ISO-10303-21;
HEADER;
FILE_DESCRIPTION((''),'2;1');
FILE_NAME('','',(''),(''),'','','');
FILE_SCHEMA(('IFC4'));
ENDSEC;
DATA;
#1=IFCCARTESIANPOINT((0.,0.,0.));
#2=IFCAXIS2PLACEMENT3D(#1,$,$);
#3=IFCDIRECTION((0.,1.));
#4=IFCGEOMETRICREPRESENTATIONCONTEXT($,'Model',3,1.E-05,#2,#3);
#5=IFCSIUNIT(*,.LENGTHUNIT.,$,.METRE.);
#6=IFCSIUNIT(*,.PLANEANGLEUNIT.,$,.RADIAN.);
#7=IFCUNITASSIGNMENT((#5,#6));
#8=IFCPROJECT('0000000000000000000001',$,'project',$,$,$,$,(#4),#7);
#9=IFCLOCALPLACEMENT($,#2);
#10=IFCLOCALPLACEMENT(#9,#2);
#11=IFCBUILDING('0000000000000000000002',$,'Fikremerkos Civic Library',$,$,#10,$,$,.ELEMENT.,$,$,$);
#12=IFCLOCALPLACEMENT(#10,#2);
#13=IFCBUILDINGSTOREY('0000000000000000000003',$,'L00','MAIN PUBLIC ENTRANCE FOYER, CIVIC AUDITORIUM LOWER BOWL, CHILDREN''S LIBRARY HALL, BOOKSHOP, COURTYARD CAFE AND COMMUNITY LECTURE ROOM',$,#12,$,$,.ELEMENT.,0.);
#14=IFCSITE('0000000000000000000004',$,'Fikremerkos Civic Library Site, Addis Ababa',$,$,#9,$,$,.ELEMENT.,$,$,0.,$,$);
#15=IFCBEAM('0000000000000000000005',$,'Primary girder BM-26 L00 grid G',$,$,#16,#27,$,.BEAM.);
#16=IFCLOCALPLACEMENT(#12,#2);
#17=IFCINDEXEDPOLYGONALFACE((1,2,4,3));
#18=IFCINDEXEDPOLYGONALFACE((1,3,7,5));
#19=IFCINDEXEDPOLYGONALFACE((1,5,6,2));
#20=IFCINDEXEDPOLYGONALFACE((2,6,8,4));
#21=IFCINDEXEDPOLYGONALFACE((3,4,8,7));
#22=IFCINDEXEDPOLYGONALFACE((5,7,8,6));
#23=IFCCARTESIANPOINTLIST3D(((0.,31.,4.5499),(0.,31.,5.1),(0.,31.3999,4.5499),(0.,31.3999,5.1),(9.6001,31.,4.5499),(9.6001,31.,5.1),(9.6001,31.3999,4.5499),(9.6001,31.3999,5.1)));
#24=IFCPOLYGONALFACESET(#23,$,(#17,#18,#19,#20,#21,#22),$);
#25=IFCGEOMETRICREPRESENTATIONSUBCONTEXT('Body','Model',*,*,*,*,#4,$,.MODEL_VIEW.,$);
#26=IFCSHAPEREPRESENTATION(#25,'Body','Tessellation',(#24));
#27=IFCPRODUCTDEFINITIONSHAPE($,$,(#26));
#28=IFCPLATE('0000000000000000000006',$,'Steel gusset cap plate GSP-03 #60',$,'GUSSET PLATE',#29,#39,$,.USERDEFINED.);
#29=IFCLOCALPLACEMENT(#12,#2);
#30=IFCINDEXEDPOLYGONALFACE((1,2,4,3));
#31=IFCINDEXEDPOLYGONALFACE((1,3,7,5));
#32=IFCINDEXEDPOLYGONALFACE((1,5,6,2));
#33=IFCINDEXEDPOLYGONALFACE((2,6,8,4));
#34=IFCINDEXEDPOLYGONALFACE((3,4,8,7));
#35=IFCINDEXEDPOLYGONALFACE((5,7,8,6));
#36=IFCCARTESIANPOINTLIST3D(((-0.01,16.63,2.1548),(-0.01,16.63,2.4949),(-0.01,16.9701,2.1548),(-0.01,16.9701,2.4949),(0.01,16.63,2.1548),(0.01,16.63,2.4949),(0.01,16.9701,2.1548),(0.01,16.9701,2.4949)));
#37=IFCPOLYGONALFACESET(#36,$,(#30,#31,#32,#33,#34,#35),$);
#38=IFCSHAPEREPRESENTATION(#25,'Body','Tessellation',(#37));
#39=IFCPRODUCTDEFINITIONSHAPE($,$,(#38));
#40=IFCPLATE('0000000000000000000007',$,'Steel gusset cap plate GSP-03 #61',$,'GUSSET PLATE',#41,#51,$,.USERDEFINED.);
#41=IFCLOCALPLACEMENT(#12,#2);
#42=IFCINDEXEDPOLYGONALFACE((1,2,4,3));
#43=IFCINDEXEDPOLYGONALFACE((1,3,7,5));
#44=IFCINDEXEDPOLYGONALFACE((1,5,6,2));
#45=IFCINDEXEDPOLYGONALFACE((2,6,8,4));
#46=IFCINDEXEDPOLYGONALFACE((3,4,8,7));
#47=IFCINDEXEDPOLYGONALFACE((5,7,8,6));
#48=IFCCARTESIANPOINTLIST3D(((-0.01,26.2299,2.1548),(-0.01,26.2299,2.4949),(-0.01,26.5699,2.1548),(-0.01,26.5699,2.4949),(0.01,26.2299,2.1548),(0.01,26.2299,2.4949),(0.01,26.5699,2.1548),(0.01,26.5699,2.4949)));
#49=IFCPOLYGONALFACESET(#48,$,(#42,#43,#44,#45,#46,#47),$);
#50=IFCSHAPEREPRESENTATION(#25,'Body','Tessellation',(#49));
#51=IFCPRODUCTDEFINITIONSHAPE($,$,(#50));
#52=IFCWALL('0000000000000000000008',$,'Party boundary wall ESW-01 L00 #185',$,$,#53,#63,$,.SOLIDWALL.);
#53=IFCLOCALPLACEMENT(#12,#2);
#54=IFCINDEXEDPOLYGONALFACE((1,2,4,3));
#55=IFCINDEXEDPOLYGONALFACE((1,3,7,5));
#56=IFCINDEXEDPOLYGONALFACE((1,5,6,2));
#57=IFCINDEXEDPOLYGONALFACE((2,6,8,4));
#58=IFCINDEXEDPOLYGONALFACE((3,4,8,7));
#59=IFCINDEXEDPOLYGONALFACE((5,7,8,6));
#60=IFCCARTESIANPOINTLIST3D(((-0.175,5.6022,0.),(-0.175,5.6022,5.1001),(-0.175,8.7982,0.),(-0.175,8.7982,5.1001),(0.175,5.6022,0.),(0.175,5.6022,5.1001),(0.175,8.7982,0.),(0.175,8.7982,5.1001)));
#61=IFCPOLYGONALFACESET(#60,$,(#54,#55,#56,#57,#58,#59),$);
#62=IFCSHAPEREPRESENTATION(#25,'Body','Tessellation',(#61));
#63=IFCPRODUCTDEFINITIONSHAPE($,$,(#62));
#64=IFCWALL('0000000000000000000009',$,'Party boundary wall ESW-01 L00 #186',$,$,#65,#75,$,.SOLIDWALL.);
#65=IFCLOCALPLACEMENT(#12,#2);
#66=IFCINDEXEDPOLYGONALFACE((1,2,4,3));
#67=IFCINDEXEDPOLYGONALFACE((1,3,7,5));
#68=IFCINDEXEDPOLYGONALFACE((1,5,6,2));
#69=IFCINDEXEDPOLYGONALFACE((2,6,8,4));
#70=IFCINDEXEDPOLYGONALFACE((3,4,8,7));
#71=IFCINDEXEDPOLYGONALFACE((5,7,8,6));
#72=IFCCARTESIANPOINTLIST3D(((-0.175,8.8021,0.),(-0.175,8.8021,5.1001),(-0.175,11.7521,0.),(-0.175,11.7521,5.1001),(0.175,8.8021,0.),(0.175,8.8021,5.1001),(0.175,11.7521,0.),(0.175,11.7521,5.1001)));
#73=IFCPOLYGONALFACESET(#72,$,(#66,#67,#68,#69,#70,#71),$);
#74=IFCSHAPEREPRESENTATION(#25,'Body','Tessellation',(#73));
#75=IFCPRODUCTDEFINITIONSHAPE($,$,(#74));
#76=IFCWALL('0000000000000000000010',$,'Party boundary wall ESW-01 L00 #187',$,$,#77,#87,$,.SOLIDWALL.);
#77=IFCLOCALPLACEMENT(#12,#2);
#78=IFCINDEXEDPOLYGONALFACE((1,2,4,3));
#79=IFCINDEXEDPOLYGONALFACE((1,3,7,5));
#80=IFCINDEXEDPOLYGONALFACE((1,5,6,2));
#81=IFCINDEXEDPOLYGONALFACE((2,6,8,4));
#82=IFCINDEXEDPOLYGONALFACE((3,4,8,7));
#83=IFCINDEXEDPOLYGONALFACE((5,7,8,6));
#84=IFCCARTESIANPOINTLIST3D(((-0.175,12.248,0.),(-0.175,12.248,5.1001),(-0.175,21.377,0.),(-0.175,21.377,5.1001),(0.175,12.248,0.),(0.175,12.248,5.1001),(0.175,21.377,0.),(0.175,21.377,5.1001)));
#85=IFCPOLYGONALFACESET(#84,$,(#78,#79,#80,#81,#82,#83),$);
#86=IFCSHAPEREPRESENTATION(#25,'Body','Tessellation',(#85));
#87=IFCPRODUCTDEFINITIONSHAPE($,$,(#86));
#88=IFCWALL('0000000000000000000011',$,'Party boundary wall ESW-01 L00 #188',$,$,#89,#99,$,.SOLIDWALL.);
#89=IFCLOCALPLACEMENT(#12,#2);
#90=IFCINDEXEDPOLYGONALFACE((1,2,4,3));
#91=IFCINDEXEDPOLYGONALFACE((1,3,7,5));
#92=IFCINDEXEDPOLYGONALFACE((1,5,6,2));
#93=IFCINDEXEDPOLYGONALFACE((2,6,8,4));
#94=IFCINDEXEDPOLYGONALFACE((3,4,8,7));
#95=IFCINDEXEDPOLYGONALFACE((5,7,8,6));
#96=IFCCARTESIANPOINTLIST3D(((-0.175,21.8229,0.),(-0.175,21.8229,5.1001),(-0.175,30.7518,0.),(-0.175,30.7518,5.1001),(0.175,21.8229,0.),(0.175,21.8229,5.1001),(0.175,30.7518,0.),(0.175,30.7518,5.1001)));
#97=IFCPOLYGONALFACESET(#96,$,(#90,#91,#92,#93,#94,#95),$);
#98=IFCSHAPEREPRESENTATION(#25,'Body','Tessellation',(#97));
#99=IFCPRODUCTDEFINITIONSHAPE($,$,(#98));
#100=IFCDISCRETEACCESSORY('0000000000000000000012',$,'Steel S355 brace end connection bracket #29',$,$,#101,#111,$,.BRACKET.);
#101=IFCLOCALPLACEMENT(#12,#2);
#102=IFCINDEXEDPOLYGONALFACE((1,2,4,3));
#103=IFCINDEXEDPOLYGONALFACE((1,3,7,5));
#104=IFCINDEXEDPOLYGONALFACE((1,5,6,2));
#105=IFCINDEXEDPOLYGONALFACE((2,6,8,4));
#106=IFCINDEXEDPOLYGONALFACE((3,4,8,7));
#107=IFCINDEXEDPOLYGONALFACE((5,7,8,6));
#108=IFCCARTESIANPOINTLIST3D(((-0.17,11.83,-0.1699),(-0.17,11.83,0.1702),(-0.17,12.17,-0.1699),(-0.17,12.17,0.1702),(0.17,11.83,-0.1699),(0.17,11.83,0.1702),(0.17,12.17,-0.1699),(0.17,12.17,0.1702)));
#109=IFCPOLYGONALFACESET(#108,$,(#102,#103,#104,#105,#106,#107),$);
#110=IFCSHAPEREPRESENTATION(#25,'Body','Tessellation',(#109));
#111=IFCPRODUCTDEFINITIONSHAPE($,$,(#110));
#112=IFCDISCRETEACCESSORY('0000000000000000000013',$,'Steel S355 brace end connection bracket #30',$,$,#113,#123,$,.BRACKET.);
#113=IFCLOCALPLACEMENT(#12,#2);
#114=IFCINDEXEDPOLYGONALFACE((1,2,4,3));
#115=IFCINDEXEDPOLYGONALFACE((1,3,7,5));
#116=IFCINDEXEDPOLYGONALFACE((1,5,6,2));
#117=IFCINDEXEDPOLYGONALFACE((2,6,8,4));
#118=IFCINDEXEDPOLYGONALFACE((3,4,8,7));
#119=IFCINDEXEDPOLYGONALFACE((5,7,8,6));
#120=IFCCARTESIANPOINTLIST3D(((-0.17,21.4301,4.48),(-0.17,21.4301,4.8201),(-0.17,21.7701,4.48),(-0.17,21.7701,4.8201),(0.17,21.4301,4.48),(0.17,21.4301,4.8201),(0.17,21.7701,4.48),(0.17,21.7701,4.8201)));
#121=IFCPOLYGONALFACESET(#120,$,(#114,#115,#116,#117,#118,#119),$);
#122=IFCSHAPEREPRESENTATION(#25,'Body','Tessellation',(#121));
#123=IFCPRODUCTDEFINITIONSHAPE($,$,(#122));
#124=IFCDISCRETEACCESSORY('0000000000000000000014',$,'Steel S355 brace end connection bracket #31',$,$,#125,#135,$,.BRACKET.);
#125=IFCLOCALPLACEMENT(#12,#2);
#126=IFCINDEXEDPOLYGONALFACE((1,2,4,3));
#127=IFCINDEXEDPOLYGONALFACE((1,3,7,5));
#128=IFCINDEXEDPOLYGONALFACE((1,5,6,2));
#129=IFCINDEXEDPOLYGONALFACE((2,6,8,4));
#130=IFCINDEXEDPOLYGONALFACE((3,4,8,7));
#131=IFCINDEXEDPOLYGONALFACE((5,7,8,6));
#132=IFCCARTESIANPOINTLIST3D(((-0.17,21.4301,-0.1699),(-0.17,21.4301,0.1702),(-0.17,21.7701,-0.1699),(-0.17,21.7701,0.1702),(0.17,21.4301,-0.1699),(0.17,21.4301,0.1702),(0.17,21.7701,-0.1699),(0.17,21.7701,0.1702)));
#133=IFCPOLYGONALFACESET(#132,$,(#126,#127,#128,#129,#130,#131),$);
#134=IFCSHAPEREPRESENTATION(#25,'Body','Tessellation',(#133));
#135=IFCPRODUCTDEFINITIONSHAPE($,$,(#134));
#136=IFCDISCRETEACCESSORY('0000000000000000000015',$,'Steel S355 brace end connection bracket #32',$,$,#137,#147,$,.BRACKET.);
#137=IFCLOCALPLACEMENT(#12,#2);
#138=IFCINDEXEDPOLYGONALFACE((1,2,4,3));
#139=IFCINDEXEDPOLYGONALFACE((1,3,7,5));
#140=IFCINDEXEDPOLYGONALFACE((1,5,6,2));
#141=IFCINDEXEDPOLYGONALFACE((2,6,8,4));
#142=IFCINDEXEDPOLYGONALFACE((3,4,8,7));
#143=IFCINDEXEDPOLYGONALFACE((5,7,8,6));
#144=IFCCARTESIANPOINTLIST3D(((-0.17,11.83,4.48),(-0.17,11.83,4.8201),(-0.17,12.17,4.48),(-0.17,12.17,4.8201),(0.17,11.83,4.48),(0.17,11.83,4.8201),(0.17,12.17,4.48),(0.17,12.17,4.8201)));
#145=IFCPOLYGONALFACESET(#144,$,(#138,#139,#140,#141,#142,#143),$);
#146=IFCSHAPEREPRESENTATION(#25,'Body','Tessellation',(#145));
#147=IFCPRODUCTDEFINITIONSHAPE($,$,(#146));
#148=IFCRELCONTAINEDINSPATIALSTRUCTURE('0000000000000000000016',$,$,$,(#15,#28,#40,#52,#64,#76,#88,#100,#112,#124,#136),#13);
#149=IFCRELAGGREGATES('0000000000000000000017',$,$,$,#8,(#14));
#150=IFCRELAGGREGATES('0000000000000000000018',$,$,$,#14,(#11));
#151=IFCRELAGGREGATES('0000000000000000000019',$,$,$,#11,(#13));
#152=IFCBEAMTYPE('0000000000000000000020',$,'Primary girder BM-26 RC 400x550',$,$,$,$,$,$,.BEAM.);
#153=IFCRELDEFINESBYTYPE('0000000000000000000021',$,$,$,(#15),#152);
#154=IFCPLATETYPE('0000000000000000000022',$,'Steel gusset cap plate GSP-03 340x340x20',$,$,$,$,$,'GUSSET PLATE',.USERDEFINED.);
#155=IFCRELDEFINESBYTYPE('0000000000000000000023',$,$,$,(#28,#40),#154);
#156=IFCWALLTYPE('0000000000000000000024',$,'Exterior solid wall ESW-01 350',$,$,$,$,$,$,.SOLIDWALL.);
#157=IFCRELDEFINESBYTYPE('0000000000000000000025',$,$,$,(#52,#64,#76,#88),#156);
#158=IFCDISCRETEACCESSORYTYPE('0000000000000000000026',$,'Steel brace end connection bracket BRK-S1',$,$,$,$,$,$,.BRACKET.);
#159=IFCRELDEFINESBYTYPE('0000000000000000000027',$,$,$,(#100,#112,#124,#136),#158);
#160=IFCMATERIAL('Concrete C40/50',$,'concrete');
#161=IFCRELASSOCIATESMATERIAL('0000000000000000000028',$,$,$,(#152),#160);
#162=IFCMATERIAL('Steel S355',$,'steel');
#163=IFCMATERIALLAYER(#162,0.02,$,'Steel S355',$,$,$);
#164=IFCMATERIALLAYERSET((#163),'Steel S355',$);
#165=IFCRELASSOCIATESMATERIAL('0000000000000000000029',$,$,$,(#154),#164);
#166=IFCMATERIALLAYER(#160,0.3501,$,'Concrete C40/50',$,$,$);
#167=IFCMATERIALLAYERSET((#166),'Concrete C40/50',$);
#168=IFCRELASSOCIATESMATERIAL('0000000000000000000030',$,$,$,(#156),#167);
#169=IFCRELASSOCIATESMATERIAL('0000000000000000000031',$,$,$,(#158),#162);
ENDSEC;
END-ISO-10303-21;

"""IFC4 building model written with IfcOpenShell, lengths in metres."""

from ifc_helpers import new_model, si_unit, direction, frame, frame_2d, origin, origin_2d, place, context, subcontext, project, spatial, rectangle, extrude, material, layer, layer_set, material_profile, profile_set, type_object, element, save


model = new_model("IFC4")

# Units and contexts
model_context = context("Model", 3, precision=1e-05, world=origin(), true_north=direction((0.0, 1.0)))
body_context = subcontext(model_context, "Body", "Model", "MODEL_VIEW")
ifc_project = project(units=[si_unit("LENGTHUNIT", "METRE"), si_unit("PLANEANGLEUNIT", "RADIAN")], contexts=[model_context])

# Site, building, storey
site_placement = place(None, origin())
site = spatial("IfcSite", under=ifc_project, at=site_placement, Name="Fikremerkos Civic Library Site, Addis Ababa", CompositionType="ELEMENT", RefElevation=0.0)
building_placement = place(site_placement, origin())
building = spatial("IfcBuilding", under=site, at=building_placement, Name="Fikremerkos Civic Library", CompositionType="ELEMENT")
storey_placement = place(building_placement, origin())
storey = spatial("IfcBuildingStorey", under=building, at=storey_placement, Name="L00", Description="MAIN PUBLIC ENTRANCE FOYER, CIVIC AUDITORIUM LOWER BOWL, CHILDREN'S LIBRARY HALL, BOOKSHOP, COURTYARD CAFE AND COMMUNITY LECTURE ROOM", CompositionType="ELEMENT", Elevation=0.0)

# Shared definitions
ifc_material_1 = material(Name="Concrete C40/50", Category="concrete")

# Shared definitions
ifc_material_2 = material(Name="Steel S355", Category="steel")

# Beam
ifc_material_profile_1 = material_profile(ifc_material_1, rectangle(XDim=0.3999, YDim=0.55, at=origin_2d()), Name="RC 400x550")
ifc_profile_set_1 = profile_set([ifc_material_profile_1], Name="Concrete C40/50")
beam_type_1 = type_object("IfcBeamType", Name="Primary girder BM-26 RC 400x550", PredefinedType="BEAM", material=ifc_profile_set_1)
beam_1_placement = place(storey_placement, frame((0.0, 31.2, 4.825), z_axis=(1.0, 0.0, 0.0), x_axis=(0.0, 1.0, 0.0)))
element("IfcBeam", 1, at=beam_1_placement, inside=storey, type_object=beam_type_1, Name="Primary girder BM-26 L00 grid G", PredefinedType="BEAM", context=body_context, shape_type="SweptSolid", body=[
    extrude(rectangle(XDim=0.3999, YDim=0.55, at=origin_2d()), origin(), (0.0, 0.0, 1.0), 9.6001),
])

# Plates
ifc_layer_1 = layer(ifc_material_2, 0.02, Name="Steel S355")
ifc_layer_set_1 = layer_set([ifc_layer_1], Name="Steel S355")
plate_type = type_object("IfcPlateType", Name="Steel gusset cap plate GSP-03 340x340x20", ElementType="GUSSET PLATE", PredefinedType="USERDEFINED", material=ifc_layer_set_1)
for number, where, z_axis, x_axis, name in (
    (2, (0.0, 16.8, 2.1548), (0.0, 0.0, 1.0), (1.0, 0.0, 0.0), "Steel gusset cap plate GSP-03 #60"),
    (3, (0.0, 26.3999, 2.1548), (0.0, 0.0, 1.0), (1.0, 0.0, 0.0), "Steel gusset cap plate GSP-03 #61"),
):
    element("IfcPlate", number, at=place(storey_placement, frame(where, z_axis=z_axis, x_axis=x_axis)), inside=storey, type_object=plate_type, Name=name, ObjectType="GUSSET PLATE", PredefinedType="USERDEFINED", context=body_context, shape_type="SweptSolid", body=[
        extrude(rectangle(XDim=0.02, YDim=0.3401, at=origin_2d()), origin(), (0.0, 0.0, 1.0), 0.3401),
    ])

# Walls
ifc_layer_2 = layer(ifc_material_1, 0.3501, Name="Concrete C40/50")
ifc_layer_set_2 = layer_set([ifc_layer_2], Name="Concrete C40/50")
wall_type = type_object("IfcWallType", Name="Exterior solid wall ESW-01 350", PredefinedType="SOLIDWALL", material=ifc_layer_set_2)
wall_1_placement = place(storey_placement, frame((0.0, 5.6021, 0.0), z_axis=(0.0, 0.0, 1.0), x_axis=(0.0, 1.0, 0.0)))
element("IfcWall", 4, at=wall_1_placement, inside=storey, type_object=wall_type, Name="Party boundary wall ESW-01 L00 #185", PredefinedType="SOLIDWALL", context=body_context, shape_type="SweptSolid", body=[
    extrude(rectangle(XDim=3.196, YDim=0.3501, at=frame_2d((1.5981, 0.0))), origin(), (0.0, 0.0, 1.0), 5.1001),
])
wall_2_placement = place(storey_placement, frame((0.0, 8.802, 0.0), z_axis=(0.0, 0.0, 1.0), x_axis=(0.0, 1.0, 0.0)))
element("IfcWall", 5, at=wall_2_placement, inside=storey, type_object=wall_type, Name="Party boundary wall ESW-01 L00 #186", PredefinedType="SOLIDWALL", context=body_context, shape_type="SweptSolid", body=[
    extrude(rectangle(XDim=2.95, YDim=0.3501, at=frame_2d((1.4751, 0.0))), origin(), (0.0, 0.0, 1.0), 5.1001),
])
wall_3_placement = place(storey_placement, frame((0.0, 12.248, 0.0), z_axis=(0.0, 0.0, 1.0), x_axis=(0.0, 1.0, 0.0)))
element("IfcWall", 6, at=wall_3_placement, inside=storey, type_object=wall_type, Name="Party boundary wall ESW-01 L00 #187", PredefinedType="SOLIDWALL", context=body_context, shape_type="SweptSolid", body=[
    extrude(rectangle(XDim=9.1289, YDim=0.3501, at=frame_2d((4.5645, 0.0))), origin(), (0.0, 0.0, 1.0), 5.1001),
])
wall_4_placement = place(storey_placement, frame((0.0, 21.823, 0.0), z_axis=(0.0, 0.0, 1.0), x_axis=(0.0, 1.0, 0.0)))
element("IfcWall", 7, at=wall_4_placement, inside=storey, type_object=wall_type, Name="Party boundary wall ESW-01 L00 #188", PredefinedType="SOLIDWALL", context=body_context, shape_type="SweptSolid", body=[
    extrude(rectangle(XDim=8.929, YDim=0.3501, at=frame_2d((4.4644, 0.0))), origin(), (0.0, 0.0, 1.0), 5.1001),
])

# Discrete accessories
discrete_accessory_type = type_object("IfcDiscreteAccessoryType", Name="Steel brace end connection bracket BRK-S1", PredefinedType="BRACKET", material=ifc_material_2)
for number, where, z_axis, x_axis, name in (
    (8, (0.0, 12.0, -0.1699), (0.0, 0.0, 1.0), (1.0, 0.0, 0.0), "Steel S355 brace end connection bracket #29"),
    (9, (0.0, 21.6001, 4.48), (0.0, 0.0, 1.0), (1.0, 0.0, 0.0), "Steel S355 brace end connection bracket #30"),
    (10, (0.0, 21.6001, -0.1699), (0.0, 0.0, 1.0), (1.0, 0.0, 0.0), "Steel S355 brace end connection bracket #31"),
    (11, (0.0, 12.0, 4.48), (0.0, 0.0, 1.0), (1.0, 0.0, 0.0), "Steel S355 brace end connection bracket #32"),
):
    element("IfcDiscreteAccessory", number, at=place(storey_placement, frame(where, z_axis=z_axis, x_axis=x_axis)), inside=storey, type_object=discrete_accessory_type, Name=name, PredefinedType="BRACKET", context=body_context, shape_type="SweptSolid", body=[
        extrude(rectangle(XDim=0.3401, YDim=0.3401, at=origin_2d()), origin(), (0.0, 0.0, 1.0), 0.3401),
    ])

save(model, "model.ifc")
